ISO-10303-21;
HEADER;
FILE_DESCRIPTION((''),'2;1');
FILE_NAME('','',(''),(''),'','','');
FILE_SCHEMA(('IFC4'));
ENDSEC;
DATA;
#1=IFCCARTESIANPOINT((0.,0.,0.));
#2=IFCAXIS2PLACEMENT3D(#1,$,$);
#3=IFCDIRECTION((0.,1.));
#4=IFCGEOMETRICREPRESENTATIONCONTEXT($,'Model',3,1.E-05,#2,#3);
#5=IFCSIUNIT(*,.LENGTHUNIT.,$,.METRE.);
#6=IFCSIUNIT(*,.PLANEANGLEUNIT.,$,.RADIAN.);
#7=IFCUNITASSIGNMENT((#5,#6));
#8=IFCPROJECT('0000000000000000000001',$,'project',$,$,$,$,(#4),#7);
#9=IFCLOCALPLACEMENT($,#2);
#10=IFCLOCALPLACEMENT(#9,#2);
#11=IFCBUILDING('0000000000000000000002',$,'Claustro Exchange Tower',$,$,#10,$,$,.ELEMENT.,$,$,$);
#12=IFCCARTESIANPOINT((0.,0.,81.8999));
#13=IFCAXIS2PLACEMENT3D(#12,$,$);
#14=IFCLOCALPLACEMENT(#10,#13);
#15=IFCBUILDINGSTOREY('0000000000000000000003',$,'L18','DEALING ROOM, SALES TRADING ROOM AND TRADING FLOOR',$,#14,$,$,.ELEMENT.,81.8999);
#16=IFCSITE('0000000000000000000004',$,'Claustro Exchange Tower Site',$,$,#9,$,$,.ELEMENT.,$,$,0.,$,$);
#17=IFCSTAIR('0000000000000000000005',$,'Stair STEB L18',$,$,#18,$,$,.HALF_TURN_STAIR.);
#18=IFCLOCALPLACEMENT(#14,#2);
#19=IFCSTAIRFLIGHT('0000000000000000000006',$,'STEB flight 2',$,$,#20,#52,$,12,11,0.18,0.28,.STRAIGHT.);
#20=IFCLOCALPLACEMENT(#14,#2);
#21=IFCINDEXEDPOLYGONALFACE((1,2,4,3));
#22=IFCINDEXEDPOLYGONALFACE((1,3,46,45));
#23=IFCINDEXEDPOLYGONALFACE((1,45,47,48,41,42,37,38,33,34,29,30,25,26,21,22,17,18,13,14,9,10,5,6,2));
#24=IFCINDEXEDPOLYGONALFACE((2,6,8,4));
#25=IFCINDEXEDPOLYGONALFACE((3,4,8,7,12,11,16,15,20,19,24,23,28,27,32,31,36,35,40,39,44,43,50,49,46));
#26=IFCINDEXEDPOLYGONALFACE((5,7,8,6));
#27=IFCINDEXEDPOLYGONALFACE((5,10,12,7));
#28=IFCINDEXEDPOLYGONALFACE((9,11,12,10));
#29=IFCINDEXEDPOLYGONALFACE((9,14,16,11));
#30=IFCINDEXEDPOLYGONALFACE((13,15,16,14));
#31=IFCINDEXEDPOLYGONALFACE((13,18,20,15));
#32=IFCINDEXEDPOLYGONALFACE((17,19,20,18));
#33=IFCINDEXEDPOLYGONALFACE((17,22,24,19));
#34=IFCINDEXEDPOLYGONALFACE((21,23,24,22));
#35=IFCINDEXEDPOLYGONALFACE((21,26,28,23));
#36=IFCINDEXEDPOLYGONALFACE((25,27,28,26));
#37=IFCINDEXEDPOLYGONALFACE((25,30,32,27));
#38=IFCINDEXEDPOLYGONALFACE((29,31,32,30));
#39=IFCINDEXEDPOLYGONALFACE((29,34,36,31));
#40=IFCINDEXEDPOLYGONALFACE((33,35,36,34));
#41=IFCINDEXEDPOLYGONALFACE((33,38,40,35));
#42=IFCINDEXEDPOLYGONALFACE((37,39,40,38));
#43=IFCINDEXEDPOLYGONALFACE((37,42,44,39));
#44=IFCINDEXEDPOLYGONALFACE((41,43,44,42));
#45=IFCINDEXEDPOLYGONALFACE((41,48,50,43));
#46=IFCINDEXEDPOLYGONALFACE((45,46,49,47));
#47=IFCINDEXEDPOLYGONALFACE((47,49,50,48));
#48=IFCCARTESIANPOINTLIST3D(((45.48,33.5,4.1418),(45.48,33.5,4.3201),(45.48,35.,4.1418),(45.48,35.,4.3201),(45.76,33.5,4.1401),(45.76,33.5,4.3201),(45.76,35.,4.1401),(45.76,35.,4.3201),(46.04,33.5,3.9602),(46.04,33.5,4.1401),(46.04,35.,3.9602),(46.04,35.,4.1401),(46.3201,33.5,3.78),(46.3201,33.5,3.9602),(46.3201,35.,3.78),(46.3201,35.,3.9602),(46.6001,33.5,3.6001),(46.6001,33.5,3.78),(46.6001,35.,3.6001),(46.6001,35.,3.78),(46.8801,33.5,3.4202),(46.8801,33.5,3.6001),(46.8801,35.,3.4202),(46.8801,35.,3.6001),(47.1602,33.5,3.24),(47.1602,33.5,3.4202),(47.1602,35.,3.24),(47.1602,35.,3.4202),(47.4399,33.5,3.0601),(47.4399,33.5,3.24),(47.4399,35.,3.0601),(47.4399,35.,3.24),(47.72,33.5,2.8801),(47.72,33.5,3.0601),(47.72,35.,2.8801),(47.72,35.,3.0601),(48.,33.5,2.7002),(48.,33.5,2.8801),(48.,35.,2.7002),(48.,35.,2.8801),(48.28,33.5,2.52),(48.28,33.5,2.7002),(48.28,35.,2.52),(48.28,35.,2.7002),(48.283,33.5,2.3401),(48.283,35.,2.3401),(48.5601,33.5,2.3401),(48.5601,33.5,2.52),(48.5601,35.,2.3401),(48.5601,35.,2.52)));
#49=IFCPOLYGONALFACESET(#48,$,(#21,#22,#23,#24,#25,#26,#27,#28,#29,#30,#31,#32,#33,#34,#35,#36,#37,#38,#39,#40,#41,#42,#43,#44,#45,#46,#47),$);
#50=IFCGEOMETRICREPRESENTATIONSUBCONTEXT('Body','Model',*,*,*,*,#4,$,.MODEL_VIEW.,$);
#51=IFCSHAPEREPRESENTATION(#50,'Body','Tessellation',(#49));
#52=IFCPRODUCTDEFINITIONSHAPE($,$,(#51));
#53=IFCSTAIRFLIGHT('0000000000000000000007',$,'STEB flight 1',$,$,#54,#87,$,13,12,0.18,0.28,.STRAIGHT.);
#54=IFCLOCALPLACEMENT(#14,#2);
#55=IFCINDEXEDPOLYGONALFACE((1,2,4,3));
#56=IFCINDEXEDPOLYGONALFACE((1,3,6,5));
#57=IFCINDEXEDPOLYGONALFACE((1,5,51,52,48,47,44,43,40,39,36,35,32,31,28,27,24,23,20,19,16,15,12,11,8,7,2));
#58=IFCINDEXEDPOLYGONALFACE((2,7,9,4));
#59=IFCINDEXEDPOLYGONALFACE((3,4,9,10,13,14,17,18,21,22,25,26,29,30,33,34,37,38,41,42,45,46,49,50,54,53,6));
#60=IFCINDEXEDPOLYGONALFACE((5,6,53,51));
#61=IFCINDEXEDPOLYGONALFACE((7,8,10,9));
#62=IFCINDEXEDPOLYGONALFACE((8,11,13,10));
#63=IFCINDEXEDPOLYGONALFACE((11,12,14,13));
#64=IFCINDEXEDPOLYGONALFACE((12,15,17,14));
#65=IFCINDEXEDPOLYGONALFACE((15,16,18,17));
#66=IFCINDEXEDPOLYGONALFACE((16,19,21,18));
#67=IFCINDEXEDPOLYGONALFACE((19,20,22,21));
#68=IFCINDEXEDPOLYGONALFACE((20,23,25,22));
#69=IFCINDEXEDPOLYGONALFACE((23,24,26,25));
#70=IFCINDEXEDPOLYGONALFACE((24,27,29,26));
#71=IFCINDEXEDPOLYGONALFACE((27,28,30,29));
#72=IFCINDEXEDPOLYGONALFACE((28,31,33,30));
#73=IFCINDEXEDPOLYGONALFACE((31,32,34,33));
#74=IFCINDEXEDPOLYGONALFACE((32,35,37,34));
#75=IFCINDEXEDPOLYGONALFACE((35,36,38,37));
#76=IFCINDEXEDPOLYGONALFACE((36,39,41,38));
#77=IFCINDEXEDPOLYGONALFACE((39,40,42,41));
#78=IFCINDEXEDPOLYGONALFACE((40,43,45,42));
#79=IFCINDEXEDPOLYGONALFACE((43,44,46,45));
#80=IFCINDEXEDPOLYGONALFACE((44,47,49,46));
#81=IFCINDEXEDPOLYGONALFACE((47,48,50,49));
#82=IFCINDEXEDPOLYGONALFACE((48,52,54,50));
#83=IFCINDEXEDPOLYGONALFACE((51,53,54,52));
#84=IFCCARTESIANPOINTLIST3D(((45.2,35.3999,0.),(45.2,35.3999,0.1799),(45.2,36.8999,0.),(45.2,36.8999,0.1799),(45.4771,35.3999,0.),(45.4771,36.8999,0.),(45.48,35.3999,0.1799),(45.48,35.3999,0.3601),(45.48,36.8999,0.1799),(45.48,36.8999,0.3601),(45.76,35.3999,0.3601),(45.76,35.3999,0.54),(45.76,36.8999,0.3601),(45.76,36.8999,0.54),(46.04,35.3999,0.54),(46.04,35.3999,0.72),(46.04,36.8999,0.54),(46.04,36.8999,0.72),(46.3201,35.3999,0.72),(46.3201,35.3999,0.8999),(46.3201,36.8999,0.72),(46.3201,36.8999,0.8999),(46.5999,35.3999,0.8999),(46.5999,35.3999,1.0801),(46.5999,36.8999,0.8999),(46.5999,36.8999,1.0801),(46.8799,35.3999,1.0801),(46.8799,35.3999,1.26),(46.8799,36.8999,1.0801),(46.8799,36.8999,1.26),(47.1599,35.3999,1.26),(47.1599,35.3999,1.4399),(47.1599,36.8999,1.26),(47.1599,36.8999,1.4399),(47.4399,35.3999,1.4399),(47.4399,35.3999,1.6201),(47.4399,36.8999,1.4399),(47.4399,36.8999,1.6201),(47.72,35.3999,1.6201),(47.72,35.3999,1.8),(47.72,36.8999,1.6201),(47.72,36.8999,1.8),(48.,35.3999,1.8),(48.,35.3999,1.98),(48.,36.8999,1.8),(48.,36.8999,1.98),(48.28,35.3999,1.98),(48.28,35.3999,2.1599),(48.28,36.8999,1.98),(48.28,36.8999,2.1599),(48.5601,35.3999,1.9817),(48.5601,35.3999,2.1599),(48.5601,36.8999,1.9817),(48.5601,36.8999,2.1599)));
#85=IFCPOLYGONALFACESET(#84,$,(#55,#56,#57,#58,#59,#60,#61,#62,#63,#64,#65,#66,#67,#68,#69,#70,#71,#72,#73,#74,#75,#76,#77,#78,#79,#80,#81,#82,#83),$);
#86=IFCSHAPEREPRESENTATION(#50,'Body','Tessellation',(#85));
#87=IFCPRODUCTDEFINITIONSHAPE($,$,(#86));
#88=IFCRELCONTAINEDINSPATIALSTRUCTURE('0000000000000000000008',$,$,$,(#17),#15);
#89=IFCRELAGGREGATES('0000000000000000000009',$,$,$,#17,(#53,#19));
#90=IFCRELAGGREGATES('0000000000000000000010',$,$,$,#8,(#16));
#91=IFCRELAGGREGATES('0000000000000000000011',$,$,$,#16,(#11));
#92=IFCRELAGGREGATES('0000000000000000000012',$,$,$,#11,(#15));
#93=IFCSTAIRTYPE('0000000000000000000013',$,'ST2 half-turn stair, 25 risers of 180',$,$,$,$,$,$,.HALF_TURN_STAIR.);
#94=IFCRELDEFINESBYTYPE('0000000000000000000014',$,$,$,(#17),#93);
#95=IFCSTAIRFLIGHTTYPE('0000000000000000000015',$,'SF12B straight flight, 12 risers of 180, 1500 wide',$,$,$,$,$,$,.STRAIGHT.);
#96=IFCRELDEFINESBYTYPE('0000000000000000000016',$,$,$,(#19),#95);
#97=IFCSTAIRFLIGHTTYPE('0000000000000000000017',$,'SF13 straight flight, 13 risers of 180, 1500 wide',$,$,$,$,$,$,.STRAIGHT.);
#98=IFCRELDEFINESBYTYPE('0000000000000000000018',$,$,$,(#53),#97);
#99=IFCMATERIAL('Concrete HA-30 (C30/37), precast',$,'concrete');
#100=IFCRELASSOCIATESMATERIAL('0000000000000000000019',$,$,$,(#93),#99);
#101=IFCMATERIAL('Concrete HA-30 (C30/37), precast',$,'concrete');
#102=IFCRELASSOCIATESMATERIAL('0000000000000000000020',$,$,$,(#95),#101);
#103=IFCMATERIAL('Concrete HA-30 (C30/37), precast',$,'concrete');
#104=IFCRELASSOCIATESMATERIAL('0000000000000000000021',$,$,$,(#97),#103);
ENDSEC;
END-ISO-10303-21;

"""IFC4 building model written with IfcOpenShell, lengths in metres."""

from ifc_helpers import new_model, si_unit, direction, frame, origin, place, context, subcontext, project, spatial, polyline, outline, extrude, material, type_object, element, aggregate, save


model = new_model("IFC4")

# Units and contexts
model_context = context("Model", 3, precision=1e-05, world=origin(), true_north=direction((0.0, 1.0)))
body_context = subcontext(model_context, "Body", "Model", "MODEL_VIEW")
ifc_project = project(units=[si_unit("LENGTHUNIT", "METRE"), si_unit("PLANEANGLEUNIT", "RADIAN")], contexts=[model_context])

# Site, building, storey
site_placement = place(None, origin())
site = spatial("IfcSite", under=ifc_project, at=site_placement, Name="Claustro Exchange Tower Site", CompositionType="ELEMENT", RefElevation=0.0)
building_placement = place(site_placement, origin())
building = spatial("IfcBuilding", under=site, at=building_placement, Name="Claustro Exchange Tower", CompositionType="ELEMENT")
storey_placement = place(building_placement, frame((0.0, 0.0, 81.8999)))
storey = spatial("IfcBuildingStorey", under=building, at=storey_placement, Name="L18", Description="DEALING ROOM, SALES TRADING ROOM AND TRADING FLOOR", CompositionType="ELEMENT", Elevation=81.8999)

# Stair, stair flights
ifc_material_1 = material(Name="Concrete HA-30 (C30/37), precast", Category="concrete")
stair_type = type_object("IfcStairType", Name="ST2 half-turn stair, 25 risers of 180", PredefinedType="HALF_TURN_STAIR", material=ifc_material_1)
stair_placement = place(storey_placement, origin())
stair = element("IfcStair", 1, at=stair_placement, inside=storey, type_object=stair_type, Name="Stair STEB L18", PredefinedType="HALF_TURN_STAIR")
ifc_material_2 = material(Name="Concrete HA-30 (C30/37), precast", Category="concrete")
stair_flight_type_1 = type_object("IfcStairFlightType", Name="SF12B straight flight, 12 risers of 180, 1500 wide", PredefinedType="STRAIGHT", material=ifc_material_2)
stair_flight_1_placement = place(storey_placement, frame((48.5601, 34.25, 2.3401), z_axis=(0.0, 0.0, 1.0), x_axis=(-1.0, 0.0, 0.0)))
stair_flight_1 = element("IfcStairFlight", 2, at=stair_flight_1_placement, type_object=stair_flight_type_1, Name="STEB flight 2", NumberOfRisers=12, NumberOfTreads=11, PredefinedType="STRAIGHT", RiserHeight=0.18, TreadLength=0.28, context=body_context, shape_type="SweptSolid", body=[
    extrude(outline(polyline([(0.0, 0.0), (0.0, 0.1799), (0.28, 0.1799), (0.28, 0.3601), (0.5601, 0.3601), (0.5601, 0.54), (0.8401, 0.54), (0.8401, 0.72), (1.1201, 0.72), (1.1201, 0.8999), (1.3999, 0.8999), (1.3999, 1.0801), (1.6799, 1.0801), (1.6799, 1.26), (1.96, 1.26), (1.96, 1.4399), (2.24, 1.4399), (2.24, 1.6201), (2.52, 1.6201), (2.52, 1.8), (2.8, 1.8), (2.8, 1.98), (3.0801, 1.98), (3.0801, 2.1599), (3.0801, 1.8018), (0.2771, 0.0), (0.0, 0.0)])), frame((0.0, 0.75, 0.0), z_axis=(0.0, -1.0, 0.0), x_axis=(1.0, 0.0, 0.0)), (0.0, 0.0, 1.0), 1.5),
])
ifc_material_3 = material(Name="Concrete HA-30 (C30/37), precast", Category="concrete")
stair_flight_type_2 = type_object("IfcStairFlightType", Name="SF13 straight flight, 13 risers of 180, 1500 wide", PredefinedType="STRAIGHT", material=ifc_material_3)
stair_flight_2_placement = place(storey_placement, frame((45.2, 36.1499, 0.0), z_axis=(0.0, 0.0, 1.0), x_axis=(1.0, 0.0, 0.0)))
stair_flight_2 = element("IfcStairFlight", 3, at=stair_flight_2_placement, type_object=stair_flight_type_2, Name="STEB flight 1", NumberOfRisers=13, NumberOfTreads=12, PredefinedType="STRAIGHT", RiserHeight=0.18, TreadLength=0.28, context=body_context, shape_type="SweptSolid", body=[
    extrude(outline(polyline([(0.0, 0.0), (0.0, 0.1799), (0.28, 0.1799), (0.28, 0.3601), (0.5601, 0.3601), (0.5601, 0.54), (0.8401, 0.54), (0.8401, 0.72), (1.1201, 0.72), (1.1201, 0.8999), (1.3999, 0.8999), (1.3999, 1.0801), (1.6799, 1.0801), (1.6799, 1.26), (1.96, 1.26), (1.96, 1.4399), (2.24, 1.4399), (2.24, 1.6201), (2.52, 1.6201), (2.52, 1.8), (2.8, 1.8), (2.8, 1.98), (3.0801, 1.98), (3.0801, 2.1599), (3.3601, 2.1599), (3.3601, 2.3401), (3.3601, 1.9817), (0.2771, 0.0), (0.0, 0.0)])), frame((0.0, 0.75, 0.0), z_axis=(0.0, -1.0, 0.0), x_axis=(1.0, 0.0, 0.0)), (0.0, 0.0, 1.0), 1.5),
])
aggregate(stair, [stair_flight_2, stair_flight_1])

save(model, "model.ifc")
